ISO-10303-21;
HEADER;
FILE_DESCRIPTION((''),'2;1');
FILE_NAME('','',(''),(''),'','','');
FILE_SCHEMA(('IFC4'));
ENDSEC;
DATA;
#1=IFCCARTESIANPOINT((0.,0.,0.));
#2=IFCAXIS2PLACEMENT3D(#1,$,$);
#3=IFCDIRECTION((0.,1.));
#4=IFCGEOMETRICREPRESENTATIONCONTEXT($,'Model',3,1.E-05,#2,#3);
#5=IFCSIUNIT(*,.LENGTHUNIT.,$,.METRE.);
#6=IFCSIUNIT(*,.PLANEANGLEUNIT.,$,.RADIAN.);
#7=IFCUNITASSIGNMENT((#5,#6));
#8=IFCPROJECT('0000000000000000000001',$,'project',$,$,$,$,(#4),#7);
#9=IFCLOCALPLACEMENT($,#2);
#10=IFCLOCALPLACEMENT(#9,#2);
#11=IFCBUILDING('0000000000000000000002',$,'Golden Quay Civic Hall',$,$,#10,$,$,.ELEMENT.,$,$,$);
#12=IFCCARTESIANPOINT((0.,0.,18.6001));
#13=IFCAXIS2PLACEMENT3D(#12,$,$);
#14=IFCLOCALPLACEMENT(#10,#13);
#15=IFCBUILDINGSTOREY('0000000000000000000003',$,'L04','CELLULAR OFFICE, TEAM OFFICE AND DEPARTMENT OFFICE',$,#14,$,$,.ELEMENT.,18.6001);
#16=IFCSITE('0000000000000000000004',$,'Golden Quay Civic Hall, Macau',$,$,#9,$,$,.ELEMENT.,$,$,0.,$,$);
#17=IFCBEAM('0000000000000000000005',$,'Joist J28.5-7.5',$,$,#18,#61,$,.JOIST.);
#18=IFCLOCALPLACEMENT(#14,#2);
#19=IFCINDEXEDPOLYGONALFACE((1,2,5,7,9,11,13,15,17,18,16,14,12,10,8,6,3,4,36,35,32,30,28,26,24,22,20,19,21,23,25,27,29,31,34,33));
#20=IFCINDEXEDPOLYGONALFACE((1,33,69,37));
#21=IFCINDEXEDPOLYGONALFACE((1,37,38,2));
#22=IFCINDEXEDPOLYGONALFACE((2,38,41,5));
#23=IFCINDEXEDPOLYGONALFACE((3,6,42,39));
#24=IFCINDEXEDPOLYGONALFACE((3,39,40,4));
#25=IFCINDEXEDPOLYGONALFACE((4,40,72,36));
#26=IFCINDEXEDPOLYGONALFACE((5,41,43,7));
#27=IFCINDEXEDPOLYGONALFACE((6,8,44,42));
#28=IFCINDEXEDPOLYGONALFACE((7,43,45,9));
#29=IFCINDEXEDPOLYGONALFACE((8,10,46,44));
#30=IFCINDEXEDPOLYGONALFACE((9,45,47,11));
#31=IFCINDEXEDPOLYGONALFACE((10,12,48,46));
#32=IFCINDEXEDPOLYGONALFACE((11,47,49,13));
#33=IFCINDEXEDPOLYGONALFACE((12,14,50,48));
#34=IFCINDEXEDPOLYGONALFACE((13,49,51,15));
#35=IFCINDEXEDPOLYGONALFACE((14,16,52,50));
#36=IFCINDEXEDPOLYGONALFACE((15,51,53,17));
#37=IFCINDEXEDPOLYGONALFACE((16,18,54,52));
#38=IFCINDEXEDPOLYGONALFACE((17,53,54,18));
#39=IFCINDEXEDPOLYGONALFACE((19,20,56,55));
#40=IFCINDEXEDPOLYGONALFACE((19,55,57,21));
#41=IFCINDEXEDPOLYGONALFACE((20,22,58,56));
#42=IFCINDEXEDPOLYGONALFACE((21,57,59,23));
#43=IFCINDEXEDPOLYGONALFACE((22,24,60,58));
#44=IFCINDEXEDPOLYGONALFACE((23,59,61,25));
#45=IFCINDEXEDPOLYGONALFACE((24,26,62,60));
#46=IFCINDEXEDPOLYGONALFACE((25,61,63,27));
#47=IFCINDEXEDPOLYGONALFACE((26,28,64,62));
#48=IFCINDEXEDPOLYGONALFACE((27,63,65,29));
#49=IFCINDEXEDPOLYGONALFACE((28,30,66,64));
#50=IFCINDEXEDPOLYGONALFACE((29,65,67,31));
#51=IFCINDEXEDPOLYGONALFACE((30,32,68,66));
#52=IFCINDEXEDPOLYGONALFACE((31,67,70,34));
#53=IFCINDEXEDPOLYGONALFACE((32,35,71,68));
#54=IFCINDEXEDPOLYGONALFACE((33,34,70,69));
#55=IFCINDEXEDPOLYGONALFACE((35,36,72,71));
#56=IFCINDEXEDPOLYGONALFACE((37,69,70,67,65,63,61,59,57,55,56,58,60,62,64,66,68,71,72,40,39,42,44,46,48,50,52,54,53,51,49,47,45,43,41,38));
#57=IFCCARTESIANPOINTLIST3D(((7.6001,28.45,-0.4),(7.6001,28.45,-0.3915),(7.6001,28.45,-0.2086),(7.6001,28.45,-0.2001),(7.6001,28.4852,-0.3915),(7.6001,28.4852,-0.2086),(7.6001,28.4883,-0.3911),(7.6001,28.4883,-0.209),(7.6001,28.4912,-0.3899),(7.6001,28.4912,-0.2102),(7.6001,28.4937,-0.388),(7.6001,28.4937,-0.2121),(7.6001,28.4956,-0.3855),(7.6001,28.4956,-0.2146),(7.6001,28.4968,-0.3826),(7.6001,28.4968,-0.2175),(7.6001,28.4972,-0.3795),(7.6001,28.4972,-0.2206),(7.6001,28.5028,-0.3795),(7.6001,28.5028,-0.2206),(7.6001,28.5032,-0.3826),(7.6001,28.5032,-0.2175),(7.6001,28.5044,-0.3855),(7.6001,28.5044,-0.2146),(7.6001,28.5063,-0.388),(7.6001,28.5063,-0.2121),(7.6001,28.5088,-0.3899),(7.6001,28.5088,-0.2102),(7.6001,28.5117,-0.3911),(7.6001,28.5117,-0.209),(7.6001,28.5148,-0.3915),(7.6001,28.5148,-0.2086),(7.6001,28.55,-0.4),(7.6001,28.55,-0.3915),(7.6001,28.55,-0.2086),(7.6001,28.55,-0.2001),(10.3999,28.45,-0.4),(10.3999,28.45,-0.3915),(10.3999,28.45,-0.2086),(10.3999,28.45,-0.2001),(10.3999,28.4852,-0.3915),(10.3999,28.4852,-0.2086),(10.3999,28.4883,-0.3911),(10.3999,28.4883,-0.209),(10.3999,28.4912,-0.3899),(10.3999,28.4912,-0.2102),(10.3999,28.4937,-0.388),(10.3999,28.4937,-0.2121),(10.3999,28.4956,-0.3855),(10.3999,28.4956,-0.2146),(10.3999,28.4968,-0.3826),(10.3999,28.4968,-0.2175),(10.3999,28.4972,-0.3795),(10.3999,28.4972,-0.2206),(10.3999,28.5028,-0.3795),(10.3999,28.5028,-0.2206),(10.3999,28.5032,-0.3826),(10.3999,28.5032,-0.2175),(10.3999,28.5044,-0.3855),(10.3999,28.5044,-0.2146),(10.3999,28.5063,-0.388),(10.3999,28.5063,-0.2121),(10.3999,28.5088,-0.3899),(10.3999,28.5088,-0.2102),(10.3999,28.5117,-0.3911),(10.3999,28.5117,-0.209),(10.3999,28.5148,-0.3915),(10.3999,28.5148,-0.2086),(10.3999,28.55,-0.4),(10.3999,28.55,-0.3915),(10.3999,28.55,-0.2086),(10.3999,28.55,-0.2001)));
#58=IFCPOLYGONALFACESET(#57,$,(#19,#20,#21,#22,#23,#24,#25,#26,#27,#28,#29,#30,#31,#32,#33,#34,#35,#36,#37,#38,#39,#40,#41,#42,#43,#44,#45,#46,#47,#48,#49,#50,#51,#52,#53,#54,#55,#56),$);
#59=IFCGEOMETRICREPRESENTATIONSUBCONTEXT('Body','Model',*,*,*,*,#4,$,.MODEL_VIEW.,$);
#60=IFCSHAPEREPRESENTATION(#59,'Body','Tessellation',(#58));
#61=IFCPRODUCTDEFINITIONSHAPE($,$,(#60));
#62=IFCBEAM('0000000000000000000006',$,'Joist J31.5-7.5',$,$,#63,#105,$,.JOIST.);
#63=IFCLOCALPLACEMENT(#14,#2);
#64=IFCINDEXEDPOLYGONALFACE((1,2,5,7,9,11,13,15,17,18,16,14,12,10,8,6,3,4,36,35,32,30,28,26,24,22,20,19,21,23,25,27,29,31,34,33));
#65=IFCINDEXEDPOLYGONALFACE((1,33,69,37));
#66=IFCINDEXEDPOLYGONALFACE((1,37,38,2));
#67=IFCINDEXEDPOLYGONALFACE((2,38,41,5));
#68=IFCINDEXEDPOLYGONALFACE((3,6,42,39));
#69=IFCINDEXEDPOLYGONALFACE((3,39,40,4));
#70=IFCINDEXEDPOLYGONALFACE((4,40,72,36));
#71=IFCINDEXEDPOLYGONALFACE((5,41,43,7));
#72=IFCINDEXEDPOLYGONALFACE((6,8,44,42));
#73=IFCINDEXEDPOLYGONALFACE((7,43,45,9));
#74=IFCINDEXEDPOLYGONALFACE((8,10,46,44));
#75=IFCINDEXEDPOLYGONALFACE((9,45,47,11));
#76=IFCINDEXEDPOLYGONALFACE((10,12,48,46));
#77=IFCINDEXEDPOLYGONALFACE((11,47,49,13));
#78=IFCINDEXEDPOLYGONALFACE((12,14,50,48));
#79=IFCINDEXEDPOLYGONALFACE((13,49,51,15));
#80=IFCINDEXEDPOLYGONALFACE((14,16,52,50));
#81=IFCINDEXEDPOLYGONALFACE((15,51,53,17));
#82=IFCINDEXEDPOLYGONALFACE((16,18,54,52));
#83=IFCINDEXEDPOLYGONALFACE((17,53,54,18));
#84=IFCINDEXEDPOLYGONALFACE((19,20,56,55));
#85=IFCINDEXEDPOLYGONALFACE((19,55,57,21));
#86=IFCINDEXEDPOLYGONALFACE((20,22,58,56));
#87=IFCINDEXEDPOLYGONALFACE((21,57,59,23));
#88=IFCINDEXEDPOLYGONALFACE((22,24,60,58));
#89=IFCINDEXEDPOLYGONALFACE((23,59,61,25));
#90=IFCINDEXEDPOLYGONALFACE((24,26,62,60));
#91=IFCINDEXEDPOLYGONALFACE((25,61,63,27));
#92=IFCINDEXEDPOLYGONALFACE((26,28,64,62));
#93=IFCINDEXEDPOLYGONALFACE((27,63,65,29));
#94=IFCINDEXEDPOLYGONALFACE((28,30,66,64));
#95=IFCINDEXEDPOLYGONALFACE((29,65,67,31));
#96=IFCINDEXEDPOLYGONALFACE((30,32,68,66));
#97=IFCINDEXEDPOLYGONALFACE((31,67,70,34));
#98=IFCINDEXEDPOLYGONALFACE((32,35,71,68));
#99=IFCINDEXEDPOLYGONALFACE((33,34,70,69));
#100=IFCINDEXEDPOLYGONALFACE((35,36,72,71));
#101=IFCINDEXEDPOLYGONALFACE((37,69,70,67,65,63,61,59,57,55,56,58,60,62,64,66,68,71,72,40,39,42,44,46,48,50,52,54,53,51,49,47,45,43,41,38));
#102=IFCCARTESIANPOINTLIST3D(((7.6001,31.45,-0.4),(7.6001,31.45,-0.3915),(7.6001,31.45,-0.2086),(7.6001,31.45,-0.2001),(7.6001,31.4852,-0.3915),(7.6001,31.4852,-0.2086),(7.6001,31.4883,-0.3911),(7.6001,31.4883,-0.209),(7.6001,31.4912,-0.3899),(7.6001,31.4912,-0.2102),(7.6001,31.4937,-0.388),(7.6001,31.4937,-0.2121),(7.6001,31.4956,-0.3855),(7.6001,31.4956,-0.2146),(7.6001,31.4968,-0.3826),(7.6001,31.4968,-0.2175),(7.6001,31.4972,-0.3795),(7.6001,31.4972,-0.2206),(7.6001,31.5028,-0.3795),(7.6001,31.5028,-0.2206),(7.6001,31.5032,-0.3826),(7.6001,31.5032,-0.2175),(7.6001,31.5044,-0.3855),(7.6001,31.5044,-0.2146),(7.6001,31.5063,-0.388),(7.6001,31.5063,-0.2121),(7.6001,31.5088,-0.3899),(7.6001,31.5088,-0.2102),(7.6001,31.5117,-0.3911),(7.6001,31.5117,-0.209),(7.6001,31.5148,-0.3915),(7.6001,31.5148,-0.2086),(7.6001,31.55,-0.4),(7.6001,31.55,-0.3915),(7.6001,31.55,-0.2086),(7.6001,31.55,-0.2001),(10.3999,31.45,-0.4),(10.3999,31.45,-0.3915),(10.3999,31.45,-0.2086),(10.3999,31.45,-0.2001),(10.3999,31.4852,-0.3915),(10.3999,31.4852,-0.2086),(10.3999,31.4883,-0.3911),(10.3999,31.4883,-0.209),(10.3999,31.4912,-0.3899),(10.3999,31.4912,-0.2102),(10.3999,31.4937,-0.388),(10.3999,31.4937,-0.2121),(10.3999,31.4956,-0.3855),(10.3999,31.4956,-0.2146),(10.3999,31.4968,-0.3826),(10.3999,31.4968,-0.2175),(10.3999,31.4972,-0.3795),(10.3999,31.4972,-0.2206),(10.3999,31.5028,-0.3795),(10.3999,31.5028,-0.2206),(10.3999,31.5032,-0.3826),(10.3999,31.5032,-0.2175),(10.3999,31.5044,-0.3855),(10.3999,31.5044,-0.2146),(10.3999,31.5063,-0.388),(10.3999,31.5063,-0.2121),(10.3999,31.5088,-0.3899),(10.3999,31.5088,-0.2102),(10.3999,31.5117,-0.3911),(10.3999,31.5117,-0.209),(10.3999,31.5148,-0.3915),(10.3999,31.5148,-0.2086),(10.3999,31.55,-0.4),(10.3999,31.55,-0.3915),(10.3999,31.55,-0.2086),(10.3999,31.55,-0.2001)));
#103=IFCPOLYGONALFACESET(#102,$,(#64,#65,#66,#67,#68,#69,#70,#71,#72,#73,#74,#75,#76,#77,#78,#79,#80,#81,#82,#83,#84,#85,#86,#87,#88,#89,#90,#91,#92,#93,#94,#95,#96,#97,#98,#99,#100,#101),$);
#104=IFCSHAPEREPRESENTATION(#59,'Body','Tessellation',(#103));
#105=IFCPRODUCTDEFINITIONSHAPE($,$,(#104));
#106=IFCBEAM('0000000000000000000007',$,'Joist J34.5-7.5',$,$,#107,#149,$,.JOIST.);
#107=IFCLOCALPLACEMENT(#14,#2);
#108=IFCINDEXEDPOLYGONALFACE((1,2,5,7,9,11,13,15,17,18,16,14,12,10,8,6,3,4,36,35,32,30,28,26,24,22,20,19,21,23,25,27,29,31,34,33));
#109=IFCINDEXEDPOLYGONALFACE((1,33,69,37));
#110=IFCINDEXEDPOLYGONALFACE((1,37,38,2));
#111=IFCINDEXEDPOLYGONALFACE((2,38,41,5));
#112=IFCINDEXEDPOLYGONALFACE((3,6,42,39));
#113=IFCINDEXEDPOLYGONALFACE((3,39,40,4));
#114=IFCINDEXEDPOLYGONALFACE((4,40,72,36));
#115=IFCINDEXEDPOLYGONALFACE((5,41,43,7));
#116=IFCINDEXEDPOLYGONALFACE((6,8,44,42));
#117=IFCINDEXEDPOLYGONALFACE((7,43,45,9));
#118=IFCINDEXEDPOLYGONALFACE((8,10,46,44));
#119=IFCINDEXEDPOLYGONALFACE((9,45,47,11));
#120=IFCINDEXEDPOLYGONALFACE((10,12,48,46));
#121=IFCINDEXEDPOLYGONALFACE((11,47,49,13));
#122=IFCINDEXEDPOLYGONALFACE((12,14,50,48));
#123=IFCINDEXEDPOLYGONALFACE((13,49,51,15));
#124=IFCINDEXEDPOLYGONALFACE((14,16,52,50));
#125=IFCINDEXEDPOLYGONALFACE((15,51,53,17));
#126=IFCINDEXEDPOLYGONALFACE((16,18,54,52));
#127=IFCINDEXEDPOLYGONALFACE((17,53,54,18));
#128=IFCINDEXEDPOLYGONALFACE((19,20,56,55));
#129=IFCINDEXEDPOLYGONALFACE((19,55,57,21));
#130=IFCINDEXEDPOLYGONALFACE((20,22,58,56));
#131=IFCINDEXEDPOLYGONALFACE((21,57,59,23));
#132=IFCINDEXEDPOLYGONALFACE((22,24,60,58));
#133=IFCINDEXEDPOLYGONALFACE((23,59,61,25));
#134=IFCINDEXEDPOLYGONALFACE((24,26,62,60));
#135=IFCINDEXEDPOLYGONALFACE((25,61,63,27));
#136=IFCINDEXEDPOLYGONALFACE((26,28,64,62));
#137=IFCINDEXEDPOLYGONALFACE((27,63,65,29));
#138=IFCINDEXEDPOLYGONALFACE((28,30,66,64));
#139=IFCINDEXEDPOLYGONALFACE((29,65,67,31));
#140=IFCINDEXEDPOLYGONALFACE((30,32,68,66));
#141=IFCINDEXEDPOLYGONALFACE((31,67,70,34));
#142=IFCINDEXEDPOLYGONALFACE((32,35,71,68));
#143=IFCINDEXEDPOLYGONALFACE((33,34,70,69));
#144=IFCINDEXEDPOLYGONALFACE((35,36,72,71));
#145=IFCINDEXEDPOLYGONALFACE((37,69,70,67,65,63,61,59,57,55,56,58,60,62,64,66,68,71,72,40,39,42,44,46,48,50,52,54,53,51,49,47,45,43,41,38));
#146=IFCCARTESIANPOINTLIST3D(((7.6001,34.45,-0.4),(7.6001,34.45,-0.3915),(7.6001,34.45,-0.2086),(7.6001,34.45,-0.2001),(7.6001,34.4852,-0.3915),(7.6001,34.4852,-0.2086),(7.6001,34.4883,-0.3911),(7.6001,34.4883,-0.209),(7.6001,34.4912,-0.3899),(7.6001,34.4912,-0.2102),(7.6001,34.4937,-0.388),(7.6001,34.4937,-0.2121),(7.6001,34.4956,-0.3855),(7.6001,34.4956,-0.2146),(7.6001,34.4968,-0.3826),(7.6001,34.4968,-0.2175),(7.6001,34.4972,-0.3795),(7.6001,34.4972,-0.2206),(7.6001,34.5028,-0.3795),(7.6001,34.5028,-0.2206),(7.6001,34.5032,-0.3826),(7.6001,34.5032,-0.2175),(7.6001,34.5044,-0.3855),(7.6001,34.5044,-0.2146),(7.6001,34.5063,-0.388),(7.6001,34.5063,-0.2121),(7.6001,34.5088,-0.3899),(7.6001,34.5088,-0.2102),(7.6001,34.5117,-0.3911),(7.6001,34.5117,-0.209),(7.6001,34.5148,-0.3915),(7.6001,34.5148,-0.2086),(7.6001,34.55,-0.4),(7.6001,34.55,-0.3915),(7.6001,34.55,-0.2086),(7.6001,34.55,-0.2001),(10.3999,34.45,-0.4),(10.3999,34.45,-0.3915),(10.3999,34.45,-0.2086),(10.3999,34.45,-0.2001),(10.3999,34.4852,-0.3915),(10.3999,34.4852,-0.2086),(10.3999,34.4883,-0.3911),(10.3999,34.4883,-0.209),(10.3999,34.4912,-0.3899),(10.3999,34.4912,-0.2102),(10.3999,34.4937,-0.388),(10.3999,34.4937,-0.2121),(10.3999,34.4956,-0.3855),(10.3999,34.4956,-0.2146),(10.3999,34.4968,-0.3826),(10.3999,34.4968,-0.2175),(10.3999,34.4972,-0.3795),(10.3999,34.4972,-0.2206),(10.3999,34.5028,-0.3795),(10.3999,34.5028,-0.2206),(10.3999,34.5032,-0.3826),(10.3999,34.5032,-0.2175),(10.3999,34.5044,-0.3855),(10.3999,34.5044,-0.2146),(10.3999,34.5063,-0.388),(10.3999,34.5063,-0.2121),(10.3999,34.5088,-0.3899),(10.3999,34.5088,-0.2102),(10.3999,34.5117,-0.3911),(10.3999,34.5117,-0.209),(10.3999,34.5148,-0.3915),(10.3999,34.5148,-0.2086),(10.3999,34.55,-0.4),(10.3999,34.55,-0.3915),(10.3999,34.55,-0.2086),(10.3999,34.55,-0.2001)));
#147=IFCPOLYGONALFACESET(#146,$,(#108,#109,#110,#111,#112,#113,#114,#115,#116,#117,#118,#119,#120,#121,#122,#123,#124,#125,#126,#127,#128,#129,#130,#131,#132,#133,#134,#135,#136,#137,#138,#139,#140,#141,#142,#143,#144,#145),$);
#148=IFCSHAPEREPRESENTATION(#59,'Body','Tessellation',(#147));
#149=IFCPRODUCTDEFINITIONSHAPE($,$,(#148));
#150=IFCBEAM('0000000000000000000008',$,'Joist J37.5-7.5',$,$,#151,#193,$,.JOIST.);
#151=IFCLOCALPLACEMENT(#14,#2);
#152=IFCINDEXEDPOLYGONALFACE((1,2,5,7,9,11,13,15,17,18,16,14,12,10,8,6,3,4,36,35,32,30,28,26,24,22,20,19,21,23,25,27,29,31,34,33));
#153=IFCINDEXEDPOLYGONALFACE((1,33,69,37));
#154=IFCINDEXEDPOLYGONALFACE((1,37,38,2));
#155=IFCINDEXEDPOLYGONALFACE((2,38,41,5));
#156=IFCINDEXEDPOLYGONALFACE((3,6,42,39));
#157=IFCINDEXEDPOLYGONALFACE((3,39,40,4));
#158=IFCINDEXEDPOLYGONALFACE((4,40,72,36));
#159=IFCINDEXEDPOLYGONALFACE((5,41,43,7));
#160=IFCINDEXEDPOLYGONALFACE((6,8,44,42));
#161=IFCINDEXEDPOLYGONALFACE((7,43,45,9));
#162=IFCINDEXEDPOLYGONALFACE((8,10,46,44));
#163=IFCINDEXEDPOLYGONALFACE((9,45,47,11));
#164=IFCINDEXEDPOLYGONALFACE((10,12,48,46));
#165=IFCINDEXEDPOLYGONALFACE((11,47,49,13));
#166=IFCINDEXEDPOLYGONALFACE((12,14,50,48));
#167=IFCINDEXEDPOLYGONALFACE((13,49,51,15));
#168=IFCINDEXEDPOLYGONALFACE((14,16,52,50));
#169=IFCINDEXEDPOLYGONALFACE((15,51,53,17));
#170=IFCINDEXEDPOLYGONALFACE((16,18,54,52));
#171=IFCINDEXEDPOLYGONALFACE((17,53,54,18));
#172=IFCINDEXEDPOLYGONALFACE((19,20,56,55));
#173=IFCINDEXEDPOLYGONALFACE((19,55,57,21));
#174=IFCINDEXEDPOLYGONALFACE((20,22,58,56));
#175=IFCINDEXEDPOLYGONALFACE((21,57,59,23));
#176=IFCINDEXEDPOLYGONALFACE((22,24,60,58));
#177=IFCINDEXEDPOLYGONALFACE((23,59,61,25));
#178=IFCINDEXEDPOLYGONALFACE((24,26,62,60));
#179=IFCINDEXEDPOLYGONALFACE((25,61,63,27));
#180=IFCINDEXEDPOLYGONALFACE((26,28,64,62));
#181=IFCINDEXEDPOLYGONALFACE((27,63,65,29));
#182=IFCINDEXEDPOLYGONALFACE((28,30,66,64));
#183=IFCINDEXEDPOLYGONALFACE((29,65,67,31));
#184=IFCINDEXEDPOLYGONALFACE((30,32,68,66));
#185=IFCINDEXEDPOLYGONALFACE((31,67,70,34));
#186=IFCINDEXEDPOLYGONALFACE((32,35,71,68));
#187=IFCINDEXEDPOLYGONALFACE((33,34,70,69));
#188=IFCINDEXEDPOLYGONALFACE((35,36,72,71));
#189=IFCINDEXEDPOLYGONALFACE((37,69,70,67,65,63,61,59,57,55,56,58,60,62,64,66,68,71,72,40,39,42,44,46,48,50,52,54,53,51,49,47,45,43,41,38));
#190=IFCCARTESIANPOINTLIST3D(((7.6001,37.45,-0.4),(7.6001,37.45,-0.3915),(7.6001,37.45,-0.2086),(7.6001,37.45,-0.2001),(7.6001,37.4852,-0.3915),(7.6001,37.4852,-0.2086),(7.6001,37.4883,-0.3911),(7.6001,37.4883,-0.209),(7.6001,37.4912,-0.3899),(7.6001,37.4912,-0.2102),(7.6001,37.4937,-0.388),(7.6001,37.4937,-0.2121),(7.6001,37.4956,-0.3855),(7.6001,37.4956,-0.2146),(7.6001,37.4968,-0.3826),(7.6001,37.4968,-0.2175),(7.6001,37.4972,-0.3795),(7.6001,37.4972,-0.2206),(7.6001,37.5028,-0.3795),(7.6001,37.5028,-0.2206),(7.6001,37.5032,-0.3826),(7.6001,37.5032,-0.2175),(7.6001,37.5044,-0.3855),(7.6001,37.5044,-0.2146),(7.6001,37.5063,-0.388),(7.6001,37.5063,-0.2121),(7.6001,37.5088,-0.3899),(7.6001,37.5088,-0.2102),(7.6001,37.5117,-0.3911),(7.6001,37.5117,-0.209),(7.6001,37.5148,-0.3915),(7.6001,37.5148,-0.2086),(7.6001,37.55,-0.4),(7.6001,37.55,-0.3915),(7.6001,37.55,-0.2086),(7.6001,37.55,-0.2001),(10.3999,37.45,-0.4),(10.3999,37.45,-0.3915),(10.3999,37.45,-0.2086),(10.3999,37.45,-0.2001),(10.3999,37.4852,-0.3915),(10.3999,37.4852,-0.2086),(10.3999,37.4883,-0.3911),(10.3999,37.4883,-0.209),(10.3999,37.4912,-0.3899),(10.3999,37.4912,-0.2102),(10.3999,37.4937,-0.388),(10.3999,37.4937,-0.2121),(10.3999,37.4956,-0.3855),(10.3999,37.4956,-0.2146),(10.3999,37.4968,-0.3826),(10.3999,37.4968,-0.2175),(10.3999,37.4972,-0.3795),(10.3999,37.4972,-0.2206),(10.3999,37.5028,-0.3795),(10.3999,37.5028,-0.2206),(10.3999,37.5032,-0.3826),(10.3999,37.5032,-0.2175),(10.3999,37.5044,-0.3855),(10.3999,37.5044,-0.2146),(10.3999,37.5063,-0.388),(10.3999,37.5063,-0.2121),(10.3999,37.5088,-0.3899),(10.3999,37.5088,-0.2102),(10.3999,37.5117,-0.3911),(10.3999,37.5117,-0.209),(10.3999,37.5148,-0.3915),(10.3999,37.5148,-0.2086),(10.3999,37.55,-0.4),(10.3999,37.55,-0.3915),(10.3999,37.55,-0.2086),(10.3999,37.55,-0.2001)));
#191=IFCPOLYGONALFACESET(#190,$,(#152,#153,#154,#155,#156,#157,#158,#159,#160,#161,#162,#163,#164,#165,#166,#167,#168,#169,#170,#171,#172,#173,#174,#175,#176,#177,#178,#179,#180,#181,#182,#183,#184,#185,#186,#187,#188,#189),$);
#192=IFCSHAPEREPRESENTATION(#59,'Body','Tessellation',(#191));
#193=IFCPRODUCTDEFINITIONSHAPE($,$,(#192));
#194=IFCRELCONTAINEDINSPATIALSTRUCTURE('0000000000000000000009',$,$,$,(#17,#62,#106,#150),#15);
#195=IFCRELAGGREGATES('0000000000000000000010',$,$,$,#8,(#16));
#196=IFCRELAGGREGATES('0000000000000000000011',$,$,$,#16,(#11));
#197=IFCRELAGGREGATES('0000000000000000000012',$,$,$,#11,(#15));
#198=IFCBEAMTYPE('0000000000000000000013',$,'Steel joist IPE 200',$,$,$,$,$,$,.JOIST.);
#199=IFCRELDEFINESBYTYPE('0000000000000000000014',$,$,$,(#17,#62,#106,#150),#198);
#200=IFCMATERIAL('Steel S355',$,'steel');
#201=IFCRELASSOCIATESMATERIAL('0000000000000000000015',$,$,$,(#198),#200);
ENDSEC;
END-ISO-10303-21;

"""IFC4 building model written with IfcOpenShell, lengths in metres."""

from ifc_helpers import new_model, si_unit, direction, frame, origin, origin_2d, place, context, subcontext, project, spatial, i_section, extrude, material, material_profile, profile_set, type_object, element, save


model = new_model("IFC4")

# Units and contexts
model_context = context("Model", 3, precision=1e-05, world=origin(), true_north=direction((0.0, 1.0)))
body_context = subcontext(model_context, "Body", "Model", "MODEL_VIEW")
ifc_project = project(units=[si_unit("LENGTHUNIT", "METRE"), si_unit("PLANEANGLEUNIT", "RADIAN")], contexts=[model_context])

# Site, building, storey
site_placement = place(None, origin())
site = spatial("IfcSite", under=ifc_project, at=site_placement, Name="Golden Quay Civic Hall, Macau", CompositionType="ELEMENT", RefElevation=0.0)
building_placement = place(site_placement, origin())
building = spatial("IfcBuilding", under=site, at=building_placement, Name="Golden Quay Civic Hall", CompositionType="ELEMENT")
storey_placement = place(building_placement, frame((0.0, 0.0, 18.6001)))
storey = spatial("IfcBuildingStorey", under=building, at=storey_placement, Name="L04", Description="CELLULAR OFFICE, TEAM OFFICE AND DEPARTMENT OFFICE", CompositionType="ELEMENT", Elevation=18.6001)

# Beams
ifc_material_1 = material(Name="Steel S355", Category="steel")
ifc_material_profile_1 = material_profile(ifc_material_1, i_section(OverallWidth=0.1001, OverallDepth=0.2, WebThickness=0.0056, FlangeThickness=0.0085, FilletRadius=0.012, at=origin_2d()), Name="IPE 200")
ifc_profile_set_1 = profile_set([ifc_material_profile_1], Name="Steel S355")
beam_type_1 = type_object("IfcBeamType", Name="Steel joist IPE 200", PredefinedType="JOIST", material=ifc_profile_set_1)
for number, where, z_axis, x_axis, name in (
    (1, (7.6001, 28.5, -0.3), (1.0, 0.0, 0.0), (0.0, 1.0, 0.0), "Joist J28.5-7.5"),
    (2, (7.6001, 31.5, -0.3), (1.0, 0.0, 0.0), (0.0, 1.0, 0.0), "Joist J31.5-7.5"),
    (3, (7.6001, 34.5, -0.3), (1.0, 0.0, 0.0), (0.0, 1.0, 0.0), "Joist J34.5-7.5"),
    (4, (7.6001, 37.5, -0.3), (1.0, 0.0, 0.0), (0.0, 1.0, 0.0), "Joist J37.5-7.5"),
):
    element("IfcBeam", number, at=place(storey_placement, frame(where, z_axis=z_axis, x_axis=x_axis)), inside=storey, type_object=beam_type_1, Name=name, PredefinedType="JOIST", context=body_context, shape_type="SweptSolid", body=[
        extrude(i_section(OverallWidth=0.1001, OverallDepth=0.2, WebThickness=0.0056, FlangeThickness=0.0085, FilletRadius=0.012, at=origin_2d()), origin(), (0.0, 0.0, 1.0), 2.7998),
    ])

save(model, "model.ifc")
